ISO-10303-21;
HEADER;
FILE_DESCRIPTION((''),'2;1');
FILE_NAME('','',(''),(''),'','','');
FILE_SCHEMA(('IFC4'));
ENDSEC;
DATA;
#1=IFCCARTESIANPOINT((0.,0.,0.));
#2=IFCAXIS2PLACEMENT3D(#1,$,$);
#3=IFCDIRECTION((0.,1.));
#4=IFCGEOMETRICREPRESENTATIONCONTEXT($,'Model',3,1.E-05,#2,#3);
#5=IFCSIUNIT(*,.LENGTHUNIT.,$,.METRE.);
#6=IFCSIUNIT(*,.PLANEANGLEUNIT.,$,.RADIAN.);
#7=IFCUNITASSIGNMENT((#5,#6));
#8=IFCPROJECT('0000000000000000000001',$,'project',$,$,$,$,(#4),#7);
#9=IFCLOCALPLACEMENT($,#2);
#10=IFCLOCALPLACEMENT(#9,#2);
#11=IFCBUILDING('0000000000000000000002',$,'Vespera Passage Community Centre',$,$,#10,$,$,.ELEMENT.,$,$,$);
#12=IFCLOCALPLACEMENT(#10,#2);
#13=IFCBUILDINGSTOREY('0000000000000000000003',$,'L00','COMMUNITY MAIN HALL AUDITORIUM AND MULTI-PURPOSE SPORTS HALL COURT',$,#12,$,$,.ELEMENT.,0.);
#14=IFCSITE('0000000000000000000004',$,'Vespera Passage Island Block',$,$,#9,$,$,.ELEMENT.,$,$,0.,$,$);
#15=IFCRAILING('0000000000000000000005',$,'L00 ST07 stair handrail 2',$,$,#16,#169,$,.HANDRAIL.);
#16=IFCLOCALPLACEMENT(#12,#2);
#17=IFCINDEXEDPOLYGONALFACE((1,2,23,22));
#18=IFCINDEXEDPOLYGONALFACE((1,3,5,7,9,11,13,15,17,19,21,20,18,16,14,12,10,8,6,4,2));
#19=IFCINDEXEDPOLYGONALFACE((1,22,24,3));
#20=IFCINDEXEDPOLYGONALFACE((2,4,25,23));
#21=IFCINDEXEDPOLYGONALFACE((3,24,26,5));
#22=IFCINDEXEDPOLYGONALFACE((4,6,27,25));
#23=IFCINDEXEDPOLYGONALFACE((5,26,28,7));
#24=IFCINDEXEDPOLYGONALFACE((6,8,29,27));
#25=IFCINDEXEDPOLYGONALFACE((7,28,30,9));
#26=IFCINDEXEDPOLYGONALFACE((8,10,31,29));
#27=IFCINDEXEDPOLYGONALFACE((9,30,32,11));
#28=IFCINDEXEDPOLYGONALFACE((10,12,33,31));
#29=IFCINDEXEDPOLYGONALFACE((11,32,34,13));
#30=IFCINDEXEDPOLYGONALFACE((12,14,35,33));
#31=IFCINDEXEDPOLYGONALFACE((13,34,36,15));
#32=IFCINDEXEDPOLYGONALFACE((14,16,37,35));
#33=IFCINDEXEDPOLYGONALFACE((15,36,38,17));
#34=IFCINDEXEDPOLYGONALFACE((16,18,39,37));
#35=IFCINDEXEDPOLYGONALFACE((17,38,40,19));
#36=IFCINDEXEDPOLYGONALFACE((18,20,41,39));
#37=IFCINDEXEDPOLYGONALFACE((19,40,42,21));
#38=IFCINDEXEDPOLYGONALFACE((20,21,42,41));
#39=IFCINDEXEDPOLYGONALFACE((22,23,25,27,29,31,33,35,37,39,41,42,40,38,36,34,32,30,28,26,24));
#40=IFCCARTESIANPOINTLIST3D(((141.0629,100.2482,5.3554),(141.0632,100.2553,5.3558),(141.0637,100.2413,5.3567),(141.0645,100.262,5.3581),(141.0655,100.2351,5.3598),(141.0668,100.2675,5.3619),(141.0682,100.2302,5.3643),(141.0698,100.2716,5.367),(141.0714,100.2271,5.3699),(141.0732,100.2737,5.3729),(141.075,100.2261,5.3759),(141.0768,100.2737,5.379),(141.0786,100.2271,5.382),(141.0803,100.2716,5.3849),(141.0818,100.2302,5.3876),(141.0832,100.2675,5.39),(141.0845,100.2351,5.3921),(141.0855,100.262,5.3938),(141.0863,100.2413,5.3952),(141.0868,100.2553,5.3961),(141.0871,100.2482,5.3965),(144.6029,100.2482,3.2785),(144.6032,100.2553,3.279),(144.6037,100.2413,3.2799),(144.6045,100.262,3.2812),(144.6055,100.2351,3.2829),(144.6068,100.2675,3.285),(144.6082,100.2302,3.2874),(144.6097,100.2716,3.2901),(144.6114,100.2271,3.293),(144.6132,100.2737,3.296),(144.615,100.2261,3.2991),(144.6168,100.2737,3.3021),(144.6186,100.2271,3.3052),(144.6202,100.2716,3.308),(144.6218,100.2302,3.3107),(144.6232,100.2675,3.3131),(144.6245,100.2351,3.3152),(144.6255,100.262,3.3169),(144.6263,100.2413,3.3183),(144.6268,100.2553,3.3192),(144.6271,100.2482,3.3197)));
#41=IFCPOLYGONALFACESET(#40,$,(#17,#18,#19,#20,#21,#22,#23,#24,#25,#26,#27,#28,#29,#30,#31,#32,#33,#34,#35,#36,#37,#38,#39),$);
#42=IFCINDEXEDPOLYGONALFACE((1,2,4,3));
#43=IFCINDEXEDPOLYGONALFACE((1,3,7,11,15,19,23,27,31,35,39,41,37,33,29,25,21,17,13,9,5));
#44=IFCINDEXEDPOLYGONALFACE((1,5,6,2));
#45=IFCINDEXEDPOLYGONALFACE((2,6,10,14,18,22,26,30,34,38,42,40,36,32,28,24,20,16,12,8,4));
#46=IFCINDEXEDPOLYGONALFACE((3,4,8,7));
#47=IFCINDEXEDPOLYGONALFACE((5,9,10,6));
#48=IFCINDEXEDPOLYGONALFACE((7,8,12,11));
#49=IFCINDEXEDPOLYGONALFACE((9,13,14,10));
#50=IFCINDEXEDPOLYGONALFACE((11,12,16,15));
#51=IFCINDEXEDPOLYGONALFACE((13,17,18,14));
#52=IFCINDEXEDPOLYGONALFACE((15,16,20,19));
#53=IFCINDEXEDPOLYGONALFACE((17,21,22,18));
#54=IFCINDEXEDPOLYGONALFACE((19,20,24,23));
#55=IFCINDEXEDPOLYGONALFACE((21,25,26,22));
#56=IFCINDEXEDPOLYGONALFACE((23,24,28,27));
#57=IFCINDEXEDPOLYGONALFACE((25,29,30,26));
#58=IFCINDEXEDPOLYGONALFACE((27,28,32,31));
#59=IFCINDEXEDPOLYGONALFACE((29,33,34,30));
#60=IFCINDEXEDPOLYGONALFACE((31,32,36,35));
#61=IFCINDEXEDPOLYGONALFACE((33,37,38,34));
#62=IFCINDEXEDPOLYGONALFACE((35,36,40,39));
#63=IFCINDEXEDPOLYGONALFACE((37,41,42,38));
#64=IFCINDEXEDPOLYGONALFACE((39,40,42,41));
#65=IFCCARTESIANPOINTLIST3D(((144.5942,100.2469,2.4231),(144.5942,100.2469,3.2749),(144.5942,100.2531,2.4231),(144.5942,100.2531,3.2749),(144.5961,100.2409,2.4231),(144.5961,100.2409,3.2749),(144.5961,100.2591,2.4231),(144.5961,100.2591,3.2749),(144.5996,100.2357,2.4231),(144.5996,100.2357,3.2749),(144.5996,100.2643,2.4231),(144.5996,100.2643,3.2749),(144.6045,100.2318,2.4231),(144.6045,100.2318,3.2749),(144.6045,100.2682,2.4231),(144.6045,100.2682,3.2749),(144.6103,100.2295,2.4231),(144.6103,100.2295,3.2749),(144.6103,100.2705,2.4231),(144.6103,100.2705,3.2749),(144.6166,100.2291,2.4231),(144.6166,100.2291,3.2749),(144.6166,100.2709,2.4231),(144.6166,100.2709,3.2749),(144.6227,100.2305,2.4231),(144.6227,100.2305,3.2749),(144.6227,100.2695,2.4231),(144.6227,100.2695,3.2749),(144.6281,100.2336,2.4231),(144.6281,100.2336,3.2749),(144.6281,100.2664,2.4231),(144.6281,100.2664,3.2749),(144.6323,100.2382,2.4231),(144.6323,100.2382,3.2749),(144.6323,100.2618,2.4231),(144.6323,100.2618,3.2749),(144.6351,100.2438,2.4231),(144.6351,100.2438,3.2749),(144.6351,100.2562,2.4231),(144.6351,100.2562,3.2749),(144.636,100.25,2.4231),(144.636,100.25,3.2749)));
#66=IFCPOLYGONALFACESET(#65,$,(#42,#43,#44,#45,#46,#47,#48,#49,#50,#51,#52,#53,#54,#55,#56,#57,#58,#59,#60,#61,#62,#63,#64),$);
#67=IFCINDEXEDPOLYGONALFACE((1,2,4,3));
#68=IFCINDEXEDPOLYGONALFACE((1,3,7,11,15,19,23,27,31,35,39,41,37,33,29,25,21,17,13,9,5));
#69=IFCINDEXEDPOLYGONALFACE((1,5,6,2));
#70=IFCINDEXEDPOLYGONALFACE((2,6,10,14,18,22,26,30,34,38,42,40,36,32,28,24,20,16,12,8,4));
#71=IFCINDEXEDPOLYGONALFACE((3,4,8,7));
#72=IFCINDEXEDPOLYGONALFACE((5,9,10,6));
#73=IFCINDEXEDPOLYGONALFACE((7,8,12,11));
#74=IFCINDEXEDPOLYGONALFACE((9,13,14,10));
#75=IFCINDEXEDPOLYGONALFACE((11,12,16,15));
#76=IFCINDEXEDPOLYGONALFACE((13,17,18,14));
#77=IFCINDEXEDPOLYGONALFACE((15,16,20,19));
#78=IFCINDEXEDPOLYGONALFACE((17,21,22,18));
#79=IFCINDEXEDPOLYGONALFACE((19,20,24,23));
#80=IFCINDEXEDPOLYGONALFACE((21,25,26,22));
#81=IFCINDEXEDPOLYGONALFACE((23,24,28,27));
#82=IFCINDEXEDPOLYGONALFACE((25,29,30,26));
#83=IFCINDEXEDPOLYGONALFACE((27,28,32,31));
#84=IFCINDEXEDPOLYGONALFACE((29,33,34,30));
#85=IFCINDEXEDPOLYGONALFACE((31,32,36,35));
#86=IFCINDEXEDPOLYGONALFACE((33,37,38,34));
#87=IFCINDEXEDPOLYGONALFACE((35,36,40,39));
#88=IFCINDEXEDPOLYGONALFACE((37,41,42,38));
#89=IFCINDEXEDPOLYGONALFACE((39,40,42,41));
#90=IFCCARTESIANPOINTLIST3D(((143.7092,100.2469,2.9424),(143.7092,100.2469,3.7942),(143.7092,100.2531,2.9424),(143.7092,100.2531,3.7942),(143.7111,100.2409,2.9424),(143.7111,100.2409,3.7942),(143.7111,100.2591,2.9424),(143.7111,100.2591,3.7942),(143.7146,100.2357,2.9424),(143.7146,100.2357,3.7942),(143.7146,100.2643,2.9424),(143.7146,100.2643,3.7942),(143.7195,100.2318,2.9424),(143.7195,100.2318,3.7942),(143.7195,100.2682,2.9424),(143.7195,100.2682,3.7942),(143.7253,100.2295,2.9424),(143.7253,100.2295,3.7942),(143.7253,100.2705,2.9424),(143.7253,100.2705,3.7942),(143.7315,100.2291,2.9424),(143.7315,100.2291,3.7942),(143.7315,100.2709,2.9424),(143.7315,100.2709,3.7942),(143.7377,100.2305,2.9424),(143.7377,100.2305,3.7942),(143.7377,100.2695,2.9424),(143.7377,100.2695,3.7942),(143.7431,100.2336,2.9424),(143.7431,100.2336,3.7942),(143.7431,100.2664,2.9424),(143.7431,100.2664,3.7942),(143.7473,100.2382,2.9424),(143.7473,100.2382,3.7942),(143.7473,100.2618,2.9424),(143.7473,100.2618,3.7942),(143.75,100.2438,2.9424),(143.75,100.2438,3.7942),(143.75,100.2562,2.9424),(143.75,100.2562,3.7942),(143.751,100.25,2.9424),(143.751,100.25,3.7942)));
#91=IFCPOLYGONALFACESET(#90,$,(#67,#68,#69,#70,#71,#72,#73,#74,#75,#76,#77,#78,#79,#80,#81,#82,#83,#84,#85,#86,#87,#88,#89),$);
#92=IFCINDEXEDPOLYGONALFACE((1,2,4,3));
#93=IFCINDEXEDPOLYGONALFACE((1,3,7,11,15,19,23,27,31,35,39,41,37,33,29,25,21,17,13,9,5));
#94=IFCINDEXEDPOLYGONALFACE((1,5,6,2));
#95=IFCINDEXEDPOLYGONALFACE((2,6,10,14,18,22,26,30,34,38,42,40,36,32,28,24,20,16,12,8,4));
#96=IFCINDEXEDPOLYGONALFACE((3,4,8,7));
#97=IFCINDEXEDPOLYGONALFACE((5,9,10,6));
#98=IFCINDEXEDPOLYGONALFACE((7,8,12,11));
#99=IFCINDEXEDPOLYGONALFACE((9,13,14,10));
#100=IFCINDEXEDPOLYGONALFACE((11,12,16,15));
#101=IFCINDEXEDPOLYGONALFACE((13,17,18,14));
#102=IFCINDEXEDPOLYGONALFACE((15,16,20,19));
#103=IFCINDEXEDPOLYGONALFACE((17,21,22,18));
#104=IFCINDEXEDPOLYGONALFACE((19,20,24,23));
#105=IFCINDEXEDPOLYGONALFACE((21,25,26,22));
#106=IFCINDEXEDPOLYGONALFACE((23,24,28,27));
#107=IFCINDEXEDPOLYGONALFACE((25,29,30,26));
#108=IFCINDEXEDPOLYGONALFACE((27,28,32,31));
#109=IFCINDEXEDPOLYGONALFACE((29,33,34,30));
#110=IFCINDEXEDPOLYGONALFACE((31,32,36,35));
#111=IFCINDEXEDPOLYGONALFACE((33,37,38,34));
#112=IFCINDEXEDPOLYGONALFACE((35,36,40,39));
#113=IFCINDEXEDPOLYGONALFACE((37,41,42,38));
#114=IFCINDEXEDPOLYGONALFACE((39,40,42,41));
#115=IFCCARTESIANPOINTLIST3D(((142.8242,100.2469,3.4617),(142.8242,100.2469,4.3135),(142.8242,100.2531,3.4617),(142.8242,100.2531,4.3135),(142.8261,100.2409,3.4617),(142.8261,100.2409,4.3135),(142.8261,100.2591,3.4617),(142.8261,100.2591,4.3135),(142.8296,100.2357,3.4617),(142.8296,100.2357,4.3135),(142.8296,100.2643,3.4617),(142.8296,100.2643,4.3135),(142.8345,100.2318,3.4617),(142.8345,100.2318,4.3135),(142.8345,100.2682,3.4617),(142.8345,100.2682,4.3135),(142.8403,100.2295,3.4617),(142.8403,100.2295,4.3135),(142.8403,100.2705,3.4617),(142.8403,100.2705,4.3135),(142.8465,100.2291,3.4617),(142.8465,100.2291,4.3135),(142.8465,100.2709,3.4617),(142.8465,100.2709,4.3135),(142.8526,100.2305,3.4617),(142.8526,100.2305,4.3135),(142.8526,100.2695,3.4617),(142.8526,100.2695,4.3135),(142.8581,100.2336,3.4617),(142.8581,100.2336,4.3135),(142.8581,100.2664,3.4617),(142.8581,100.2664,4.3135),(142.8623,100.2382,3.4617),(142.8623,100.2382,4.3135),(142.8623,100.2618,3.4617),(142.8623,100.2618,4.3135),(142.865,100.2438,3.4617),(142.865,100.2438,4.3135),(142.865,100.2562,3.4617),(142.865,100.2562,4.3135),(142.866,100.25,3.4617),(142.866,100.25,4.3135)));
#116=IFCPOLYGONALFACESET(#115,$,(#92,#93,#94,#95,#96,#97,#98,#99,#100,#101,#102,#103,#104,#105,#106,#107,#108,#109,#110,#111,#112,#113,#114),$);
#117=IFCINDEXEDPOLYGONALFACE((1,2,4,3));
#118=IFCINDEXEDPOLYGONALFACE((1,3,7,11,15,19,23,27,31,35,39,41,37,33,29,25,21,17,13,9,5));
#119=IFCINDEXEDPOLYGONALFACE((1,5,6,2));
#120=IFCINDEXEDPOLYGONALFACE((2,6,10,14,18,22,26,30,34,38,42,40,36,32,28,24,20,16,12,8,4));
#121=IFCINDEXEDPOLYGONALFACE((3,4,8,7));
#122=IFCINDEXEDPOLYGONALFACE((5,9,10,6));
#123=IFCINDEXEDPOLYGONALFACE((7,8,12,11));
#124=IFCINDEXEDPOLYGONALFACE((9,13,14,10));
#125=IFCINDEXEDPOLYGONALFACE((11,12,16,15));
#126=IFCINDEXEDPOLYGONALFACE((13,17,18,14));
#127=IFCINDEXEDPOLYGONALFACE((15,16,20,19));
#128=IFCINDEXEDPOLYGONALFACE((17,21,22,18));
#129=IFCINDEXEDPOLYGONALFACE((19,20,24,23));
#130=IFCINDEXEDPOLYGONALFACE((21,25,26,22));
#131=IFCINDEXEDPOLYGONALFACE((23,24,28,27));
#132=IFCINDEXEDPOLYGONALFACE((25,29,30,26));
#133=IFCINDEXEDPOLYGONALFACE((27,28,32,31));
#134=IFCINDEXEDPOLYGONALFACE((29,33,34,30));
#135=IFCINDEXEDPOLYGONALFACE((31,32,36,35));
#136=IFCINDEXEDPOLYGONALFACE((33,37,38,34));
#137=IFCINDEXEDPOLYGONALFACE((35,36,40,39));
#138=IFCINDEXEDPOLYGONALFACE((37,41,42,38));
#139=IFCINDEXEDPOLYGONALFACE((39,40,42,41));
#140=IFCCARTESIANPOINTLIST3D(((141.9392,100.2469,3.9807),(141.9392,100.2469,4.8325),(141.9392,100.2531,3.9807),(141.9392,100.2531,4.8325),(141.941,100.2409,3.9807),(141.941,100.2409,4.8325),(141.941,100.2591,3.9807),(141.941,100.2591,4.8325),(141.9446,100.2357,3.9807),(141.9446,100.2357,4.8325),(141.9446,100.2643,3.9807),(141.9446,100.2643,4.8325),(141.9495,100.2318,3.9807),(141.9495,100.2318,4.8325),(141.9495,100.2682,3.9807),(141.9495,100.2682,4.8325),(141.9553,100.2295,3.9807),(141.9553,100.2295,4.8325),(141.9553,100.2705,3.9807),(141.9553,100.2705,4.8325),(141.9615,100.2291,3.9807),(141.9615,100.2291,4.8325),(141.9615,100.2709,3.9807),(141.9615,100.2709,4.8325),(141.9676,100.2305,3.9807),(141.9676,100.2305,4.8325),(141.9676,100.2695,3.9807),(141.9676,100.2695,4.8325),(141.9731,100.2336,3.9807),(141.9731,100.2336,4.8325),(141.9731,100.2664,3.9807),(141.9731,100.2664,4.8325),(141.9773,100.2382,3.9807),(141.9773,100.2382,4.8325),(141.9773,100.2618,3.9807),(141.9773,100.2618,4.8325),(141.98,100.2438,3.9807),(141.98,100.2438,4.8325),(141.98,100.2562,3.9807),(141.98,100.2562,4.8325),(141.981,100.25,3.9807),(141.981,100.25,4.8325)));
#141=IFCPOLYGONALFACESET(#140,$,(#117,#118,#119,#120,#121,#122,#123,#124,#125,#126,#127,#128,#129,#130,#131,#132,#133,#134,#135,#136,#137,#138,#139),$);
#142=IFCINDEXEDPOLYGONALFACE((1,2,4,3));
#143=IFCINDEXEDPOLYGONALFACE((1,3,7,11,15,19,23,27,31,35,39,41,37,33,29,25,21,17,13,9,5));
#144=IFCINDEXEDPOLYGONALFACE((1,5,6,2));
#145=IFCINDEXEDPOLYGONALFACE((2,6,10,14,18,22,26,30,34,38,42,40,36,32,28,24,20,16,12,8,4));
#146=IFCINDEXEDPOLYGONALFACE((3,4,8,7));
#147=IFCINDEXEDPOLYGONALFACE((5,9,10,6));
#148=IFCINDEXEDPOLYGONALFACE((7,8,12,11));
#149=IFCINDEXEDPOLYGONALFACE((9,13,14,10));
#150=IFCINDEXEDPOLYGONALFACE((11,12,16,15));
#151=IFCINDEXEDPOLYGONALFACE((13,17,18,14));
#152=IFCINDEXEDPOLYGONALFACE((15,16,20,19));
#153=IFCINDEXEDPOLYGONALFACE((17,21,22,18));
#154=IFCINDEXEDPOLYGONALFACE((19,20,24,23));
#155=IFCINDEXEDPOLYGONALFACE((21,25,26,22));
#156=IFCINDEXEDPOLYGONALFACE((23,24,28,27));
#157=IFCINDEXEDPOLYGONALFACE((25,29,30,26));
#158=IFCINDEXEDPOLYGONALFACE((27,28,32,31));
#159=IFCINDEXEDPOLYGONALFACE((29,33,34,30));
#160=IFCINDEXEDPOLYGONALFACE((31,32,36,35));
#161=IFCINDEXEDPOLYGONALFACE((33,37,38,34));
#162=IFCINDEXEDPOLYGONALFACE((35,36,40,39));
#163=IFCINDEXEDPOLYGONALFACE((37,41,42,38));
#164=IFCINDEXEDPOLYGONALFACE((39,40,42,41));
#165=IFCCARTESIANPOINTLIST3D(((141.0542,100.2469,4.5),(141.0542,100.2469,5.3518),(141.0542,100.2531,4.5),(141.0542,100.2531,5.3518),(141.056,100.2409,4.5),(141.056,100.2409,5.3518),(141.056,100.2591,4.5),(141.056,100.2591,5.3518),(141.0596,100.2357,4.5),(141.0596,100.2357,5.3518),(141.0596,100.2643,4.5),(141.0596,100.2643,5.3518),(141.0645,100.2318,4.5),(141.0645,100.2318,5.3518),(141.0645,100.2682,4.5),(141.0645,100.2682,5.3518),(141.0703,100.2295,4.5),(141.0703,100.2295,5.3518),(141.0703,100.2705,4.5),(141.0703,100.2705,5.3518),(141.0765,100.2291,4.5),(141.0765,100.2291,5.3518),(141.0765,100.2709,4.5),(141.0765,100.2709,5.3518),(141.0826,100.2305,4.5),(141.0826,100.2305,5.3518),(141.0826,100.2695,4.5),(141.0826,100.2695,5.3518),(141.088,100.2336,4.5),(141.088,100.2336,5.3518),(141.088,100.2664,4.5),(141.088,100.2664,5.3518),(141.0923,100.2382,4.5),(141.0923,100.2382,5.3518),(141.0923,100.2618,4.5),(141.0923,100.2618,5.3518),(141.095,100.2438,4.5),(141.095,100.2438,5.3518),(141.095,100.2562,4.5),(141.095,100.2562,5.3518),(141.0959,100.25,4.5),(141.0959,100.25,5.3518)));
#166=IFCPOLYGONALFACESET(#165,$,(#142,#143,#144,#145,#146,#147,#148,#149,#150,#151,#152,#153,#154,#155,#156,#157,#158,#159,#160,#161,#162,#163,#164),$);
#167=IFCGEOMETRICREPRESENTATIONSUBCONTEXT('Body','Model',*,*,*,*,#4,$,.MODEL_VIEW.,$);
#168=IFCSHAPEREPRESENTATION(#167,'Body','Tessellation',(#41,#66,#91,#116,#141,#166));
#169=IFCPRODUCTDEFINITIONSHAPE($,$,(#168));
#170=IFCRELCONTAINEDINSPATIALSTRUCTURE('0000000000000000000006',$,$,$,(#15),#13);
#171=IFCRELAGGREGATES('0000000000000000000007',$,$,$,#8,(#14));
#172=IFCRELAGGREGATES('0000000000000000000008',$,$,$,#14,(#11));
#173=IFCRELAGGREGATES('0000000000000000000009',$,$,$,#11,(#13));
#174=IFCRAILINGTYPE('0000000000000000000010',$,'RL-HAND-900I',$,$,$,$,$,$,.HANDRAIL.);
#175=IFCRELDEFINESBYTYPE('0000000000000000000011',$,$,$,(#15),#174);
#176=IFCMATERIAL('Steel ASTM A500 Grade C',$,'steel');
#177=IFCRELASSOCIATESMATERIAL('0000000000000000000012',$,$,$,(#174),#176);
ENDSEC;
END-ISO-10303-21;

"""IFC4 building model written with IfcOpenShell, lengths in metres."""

from ifc_helpers import new_model, si_unit, direction, frame, origin, origin_2d, place, context, subcontext, project, spatial, circle, extrude, material, type_object, element, save


model = new_model("IFC4")

# Units and contexts
model_context = context("Model", 3, precision=1e-05, world=origin(), true_north=direction((0.0, 1.0)))
body_context = subcontext(model_context, "Body", "Model", "MODEL_VIEW")
ifc_project = project(units=[si_unit("LENGTHUNIT", "METRE"), si_unit("PLANEANGLEUNIT", "RADIAN")], contexts=[model_context])

# Site, building, storey
site_placement = place(None, origin())
site = spatial("IfcSite", under=ifc_project, at=site_placement, Name="Vespera Passage Island Block", CompositionType="ELEMENT", RefElevation=0.0)
building_placement = place(site_placement, origin())
building = spatial("IfcBuilding", under=site, at=building_placement, Name="Vespera Passage Community Centre", CompositionType="ELEMENT")
storey_placement = place(building_placement, origin())
storey = spatial("IfcBuildingStorey", under=building, at=storey_placement, Name="L00", Description="COMMUNITY MAIN HALL AUDITORIUM AND MULTI-PURPOSE SPORTS HALL COURT", CompositionType="ELEMENT", Elevation=0.0)

# Railing
ifc_material_1 = material(Name="Steel ASTM A500 Grade C", Category="steel")
railing_type_1 = type_object("IfcRailingType", Name="RL-HAND-900I", PredefinedType="HANDRAIL", material=ifc_material_1)
railing_1_placement = place(storey_placement, frame((144.615, 100.25, 2.4231)))
element("IfcRailing", 1, at=railing_1_placement, inside=storey, type_object=railing_type_1, Name="L00 ST07 stair handrail 2", PredefinedType="HANDRAIL", context=body_context, shape_type="SweptSolid", body=[
    extrude(circle(Radius=0.0239, at=origin_2d()), frame((0.0, 0.0, 0.876), z_axis=(-0.862516, 0.0, 0.506029), x_axis=(0.0, -1.0, 0.0)), (0.0, 0.0, 1.0), 4.1042),
    extrude(circle(Radius=0.021, at=origin_2d()), origin(), (0.0, 0.0, 1.0), 0.8518),
    extrude(circle(Radius=0.021, at=origin_2d()), frame((-0.885, 0.0, 0.5193)), (0.0, 0.0, 1.0), 0.8518),
    extrude(circle(Radius=0.021, at=origin_2d()), frame((-1.77, 0.0, 1.0386)), (0.0, 0.0, 1.0), 0.8518),
    extrude(circle(Radius=0.021, at=origin_2d()), frame((-2.655, 0.0, 1.5576)), (0.0, 0.0, 1.0), 0.8518),
    extrude(circle(Radius=0.021, at=origin_2d()), frame((-3.54, 0.0, 2.0769)), (0.0, 0.0, 1.0), 0.8518),
])

save(model, "model.ifc")
